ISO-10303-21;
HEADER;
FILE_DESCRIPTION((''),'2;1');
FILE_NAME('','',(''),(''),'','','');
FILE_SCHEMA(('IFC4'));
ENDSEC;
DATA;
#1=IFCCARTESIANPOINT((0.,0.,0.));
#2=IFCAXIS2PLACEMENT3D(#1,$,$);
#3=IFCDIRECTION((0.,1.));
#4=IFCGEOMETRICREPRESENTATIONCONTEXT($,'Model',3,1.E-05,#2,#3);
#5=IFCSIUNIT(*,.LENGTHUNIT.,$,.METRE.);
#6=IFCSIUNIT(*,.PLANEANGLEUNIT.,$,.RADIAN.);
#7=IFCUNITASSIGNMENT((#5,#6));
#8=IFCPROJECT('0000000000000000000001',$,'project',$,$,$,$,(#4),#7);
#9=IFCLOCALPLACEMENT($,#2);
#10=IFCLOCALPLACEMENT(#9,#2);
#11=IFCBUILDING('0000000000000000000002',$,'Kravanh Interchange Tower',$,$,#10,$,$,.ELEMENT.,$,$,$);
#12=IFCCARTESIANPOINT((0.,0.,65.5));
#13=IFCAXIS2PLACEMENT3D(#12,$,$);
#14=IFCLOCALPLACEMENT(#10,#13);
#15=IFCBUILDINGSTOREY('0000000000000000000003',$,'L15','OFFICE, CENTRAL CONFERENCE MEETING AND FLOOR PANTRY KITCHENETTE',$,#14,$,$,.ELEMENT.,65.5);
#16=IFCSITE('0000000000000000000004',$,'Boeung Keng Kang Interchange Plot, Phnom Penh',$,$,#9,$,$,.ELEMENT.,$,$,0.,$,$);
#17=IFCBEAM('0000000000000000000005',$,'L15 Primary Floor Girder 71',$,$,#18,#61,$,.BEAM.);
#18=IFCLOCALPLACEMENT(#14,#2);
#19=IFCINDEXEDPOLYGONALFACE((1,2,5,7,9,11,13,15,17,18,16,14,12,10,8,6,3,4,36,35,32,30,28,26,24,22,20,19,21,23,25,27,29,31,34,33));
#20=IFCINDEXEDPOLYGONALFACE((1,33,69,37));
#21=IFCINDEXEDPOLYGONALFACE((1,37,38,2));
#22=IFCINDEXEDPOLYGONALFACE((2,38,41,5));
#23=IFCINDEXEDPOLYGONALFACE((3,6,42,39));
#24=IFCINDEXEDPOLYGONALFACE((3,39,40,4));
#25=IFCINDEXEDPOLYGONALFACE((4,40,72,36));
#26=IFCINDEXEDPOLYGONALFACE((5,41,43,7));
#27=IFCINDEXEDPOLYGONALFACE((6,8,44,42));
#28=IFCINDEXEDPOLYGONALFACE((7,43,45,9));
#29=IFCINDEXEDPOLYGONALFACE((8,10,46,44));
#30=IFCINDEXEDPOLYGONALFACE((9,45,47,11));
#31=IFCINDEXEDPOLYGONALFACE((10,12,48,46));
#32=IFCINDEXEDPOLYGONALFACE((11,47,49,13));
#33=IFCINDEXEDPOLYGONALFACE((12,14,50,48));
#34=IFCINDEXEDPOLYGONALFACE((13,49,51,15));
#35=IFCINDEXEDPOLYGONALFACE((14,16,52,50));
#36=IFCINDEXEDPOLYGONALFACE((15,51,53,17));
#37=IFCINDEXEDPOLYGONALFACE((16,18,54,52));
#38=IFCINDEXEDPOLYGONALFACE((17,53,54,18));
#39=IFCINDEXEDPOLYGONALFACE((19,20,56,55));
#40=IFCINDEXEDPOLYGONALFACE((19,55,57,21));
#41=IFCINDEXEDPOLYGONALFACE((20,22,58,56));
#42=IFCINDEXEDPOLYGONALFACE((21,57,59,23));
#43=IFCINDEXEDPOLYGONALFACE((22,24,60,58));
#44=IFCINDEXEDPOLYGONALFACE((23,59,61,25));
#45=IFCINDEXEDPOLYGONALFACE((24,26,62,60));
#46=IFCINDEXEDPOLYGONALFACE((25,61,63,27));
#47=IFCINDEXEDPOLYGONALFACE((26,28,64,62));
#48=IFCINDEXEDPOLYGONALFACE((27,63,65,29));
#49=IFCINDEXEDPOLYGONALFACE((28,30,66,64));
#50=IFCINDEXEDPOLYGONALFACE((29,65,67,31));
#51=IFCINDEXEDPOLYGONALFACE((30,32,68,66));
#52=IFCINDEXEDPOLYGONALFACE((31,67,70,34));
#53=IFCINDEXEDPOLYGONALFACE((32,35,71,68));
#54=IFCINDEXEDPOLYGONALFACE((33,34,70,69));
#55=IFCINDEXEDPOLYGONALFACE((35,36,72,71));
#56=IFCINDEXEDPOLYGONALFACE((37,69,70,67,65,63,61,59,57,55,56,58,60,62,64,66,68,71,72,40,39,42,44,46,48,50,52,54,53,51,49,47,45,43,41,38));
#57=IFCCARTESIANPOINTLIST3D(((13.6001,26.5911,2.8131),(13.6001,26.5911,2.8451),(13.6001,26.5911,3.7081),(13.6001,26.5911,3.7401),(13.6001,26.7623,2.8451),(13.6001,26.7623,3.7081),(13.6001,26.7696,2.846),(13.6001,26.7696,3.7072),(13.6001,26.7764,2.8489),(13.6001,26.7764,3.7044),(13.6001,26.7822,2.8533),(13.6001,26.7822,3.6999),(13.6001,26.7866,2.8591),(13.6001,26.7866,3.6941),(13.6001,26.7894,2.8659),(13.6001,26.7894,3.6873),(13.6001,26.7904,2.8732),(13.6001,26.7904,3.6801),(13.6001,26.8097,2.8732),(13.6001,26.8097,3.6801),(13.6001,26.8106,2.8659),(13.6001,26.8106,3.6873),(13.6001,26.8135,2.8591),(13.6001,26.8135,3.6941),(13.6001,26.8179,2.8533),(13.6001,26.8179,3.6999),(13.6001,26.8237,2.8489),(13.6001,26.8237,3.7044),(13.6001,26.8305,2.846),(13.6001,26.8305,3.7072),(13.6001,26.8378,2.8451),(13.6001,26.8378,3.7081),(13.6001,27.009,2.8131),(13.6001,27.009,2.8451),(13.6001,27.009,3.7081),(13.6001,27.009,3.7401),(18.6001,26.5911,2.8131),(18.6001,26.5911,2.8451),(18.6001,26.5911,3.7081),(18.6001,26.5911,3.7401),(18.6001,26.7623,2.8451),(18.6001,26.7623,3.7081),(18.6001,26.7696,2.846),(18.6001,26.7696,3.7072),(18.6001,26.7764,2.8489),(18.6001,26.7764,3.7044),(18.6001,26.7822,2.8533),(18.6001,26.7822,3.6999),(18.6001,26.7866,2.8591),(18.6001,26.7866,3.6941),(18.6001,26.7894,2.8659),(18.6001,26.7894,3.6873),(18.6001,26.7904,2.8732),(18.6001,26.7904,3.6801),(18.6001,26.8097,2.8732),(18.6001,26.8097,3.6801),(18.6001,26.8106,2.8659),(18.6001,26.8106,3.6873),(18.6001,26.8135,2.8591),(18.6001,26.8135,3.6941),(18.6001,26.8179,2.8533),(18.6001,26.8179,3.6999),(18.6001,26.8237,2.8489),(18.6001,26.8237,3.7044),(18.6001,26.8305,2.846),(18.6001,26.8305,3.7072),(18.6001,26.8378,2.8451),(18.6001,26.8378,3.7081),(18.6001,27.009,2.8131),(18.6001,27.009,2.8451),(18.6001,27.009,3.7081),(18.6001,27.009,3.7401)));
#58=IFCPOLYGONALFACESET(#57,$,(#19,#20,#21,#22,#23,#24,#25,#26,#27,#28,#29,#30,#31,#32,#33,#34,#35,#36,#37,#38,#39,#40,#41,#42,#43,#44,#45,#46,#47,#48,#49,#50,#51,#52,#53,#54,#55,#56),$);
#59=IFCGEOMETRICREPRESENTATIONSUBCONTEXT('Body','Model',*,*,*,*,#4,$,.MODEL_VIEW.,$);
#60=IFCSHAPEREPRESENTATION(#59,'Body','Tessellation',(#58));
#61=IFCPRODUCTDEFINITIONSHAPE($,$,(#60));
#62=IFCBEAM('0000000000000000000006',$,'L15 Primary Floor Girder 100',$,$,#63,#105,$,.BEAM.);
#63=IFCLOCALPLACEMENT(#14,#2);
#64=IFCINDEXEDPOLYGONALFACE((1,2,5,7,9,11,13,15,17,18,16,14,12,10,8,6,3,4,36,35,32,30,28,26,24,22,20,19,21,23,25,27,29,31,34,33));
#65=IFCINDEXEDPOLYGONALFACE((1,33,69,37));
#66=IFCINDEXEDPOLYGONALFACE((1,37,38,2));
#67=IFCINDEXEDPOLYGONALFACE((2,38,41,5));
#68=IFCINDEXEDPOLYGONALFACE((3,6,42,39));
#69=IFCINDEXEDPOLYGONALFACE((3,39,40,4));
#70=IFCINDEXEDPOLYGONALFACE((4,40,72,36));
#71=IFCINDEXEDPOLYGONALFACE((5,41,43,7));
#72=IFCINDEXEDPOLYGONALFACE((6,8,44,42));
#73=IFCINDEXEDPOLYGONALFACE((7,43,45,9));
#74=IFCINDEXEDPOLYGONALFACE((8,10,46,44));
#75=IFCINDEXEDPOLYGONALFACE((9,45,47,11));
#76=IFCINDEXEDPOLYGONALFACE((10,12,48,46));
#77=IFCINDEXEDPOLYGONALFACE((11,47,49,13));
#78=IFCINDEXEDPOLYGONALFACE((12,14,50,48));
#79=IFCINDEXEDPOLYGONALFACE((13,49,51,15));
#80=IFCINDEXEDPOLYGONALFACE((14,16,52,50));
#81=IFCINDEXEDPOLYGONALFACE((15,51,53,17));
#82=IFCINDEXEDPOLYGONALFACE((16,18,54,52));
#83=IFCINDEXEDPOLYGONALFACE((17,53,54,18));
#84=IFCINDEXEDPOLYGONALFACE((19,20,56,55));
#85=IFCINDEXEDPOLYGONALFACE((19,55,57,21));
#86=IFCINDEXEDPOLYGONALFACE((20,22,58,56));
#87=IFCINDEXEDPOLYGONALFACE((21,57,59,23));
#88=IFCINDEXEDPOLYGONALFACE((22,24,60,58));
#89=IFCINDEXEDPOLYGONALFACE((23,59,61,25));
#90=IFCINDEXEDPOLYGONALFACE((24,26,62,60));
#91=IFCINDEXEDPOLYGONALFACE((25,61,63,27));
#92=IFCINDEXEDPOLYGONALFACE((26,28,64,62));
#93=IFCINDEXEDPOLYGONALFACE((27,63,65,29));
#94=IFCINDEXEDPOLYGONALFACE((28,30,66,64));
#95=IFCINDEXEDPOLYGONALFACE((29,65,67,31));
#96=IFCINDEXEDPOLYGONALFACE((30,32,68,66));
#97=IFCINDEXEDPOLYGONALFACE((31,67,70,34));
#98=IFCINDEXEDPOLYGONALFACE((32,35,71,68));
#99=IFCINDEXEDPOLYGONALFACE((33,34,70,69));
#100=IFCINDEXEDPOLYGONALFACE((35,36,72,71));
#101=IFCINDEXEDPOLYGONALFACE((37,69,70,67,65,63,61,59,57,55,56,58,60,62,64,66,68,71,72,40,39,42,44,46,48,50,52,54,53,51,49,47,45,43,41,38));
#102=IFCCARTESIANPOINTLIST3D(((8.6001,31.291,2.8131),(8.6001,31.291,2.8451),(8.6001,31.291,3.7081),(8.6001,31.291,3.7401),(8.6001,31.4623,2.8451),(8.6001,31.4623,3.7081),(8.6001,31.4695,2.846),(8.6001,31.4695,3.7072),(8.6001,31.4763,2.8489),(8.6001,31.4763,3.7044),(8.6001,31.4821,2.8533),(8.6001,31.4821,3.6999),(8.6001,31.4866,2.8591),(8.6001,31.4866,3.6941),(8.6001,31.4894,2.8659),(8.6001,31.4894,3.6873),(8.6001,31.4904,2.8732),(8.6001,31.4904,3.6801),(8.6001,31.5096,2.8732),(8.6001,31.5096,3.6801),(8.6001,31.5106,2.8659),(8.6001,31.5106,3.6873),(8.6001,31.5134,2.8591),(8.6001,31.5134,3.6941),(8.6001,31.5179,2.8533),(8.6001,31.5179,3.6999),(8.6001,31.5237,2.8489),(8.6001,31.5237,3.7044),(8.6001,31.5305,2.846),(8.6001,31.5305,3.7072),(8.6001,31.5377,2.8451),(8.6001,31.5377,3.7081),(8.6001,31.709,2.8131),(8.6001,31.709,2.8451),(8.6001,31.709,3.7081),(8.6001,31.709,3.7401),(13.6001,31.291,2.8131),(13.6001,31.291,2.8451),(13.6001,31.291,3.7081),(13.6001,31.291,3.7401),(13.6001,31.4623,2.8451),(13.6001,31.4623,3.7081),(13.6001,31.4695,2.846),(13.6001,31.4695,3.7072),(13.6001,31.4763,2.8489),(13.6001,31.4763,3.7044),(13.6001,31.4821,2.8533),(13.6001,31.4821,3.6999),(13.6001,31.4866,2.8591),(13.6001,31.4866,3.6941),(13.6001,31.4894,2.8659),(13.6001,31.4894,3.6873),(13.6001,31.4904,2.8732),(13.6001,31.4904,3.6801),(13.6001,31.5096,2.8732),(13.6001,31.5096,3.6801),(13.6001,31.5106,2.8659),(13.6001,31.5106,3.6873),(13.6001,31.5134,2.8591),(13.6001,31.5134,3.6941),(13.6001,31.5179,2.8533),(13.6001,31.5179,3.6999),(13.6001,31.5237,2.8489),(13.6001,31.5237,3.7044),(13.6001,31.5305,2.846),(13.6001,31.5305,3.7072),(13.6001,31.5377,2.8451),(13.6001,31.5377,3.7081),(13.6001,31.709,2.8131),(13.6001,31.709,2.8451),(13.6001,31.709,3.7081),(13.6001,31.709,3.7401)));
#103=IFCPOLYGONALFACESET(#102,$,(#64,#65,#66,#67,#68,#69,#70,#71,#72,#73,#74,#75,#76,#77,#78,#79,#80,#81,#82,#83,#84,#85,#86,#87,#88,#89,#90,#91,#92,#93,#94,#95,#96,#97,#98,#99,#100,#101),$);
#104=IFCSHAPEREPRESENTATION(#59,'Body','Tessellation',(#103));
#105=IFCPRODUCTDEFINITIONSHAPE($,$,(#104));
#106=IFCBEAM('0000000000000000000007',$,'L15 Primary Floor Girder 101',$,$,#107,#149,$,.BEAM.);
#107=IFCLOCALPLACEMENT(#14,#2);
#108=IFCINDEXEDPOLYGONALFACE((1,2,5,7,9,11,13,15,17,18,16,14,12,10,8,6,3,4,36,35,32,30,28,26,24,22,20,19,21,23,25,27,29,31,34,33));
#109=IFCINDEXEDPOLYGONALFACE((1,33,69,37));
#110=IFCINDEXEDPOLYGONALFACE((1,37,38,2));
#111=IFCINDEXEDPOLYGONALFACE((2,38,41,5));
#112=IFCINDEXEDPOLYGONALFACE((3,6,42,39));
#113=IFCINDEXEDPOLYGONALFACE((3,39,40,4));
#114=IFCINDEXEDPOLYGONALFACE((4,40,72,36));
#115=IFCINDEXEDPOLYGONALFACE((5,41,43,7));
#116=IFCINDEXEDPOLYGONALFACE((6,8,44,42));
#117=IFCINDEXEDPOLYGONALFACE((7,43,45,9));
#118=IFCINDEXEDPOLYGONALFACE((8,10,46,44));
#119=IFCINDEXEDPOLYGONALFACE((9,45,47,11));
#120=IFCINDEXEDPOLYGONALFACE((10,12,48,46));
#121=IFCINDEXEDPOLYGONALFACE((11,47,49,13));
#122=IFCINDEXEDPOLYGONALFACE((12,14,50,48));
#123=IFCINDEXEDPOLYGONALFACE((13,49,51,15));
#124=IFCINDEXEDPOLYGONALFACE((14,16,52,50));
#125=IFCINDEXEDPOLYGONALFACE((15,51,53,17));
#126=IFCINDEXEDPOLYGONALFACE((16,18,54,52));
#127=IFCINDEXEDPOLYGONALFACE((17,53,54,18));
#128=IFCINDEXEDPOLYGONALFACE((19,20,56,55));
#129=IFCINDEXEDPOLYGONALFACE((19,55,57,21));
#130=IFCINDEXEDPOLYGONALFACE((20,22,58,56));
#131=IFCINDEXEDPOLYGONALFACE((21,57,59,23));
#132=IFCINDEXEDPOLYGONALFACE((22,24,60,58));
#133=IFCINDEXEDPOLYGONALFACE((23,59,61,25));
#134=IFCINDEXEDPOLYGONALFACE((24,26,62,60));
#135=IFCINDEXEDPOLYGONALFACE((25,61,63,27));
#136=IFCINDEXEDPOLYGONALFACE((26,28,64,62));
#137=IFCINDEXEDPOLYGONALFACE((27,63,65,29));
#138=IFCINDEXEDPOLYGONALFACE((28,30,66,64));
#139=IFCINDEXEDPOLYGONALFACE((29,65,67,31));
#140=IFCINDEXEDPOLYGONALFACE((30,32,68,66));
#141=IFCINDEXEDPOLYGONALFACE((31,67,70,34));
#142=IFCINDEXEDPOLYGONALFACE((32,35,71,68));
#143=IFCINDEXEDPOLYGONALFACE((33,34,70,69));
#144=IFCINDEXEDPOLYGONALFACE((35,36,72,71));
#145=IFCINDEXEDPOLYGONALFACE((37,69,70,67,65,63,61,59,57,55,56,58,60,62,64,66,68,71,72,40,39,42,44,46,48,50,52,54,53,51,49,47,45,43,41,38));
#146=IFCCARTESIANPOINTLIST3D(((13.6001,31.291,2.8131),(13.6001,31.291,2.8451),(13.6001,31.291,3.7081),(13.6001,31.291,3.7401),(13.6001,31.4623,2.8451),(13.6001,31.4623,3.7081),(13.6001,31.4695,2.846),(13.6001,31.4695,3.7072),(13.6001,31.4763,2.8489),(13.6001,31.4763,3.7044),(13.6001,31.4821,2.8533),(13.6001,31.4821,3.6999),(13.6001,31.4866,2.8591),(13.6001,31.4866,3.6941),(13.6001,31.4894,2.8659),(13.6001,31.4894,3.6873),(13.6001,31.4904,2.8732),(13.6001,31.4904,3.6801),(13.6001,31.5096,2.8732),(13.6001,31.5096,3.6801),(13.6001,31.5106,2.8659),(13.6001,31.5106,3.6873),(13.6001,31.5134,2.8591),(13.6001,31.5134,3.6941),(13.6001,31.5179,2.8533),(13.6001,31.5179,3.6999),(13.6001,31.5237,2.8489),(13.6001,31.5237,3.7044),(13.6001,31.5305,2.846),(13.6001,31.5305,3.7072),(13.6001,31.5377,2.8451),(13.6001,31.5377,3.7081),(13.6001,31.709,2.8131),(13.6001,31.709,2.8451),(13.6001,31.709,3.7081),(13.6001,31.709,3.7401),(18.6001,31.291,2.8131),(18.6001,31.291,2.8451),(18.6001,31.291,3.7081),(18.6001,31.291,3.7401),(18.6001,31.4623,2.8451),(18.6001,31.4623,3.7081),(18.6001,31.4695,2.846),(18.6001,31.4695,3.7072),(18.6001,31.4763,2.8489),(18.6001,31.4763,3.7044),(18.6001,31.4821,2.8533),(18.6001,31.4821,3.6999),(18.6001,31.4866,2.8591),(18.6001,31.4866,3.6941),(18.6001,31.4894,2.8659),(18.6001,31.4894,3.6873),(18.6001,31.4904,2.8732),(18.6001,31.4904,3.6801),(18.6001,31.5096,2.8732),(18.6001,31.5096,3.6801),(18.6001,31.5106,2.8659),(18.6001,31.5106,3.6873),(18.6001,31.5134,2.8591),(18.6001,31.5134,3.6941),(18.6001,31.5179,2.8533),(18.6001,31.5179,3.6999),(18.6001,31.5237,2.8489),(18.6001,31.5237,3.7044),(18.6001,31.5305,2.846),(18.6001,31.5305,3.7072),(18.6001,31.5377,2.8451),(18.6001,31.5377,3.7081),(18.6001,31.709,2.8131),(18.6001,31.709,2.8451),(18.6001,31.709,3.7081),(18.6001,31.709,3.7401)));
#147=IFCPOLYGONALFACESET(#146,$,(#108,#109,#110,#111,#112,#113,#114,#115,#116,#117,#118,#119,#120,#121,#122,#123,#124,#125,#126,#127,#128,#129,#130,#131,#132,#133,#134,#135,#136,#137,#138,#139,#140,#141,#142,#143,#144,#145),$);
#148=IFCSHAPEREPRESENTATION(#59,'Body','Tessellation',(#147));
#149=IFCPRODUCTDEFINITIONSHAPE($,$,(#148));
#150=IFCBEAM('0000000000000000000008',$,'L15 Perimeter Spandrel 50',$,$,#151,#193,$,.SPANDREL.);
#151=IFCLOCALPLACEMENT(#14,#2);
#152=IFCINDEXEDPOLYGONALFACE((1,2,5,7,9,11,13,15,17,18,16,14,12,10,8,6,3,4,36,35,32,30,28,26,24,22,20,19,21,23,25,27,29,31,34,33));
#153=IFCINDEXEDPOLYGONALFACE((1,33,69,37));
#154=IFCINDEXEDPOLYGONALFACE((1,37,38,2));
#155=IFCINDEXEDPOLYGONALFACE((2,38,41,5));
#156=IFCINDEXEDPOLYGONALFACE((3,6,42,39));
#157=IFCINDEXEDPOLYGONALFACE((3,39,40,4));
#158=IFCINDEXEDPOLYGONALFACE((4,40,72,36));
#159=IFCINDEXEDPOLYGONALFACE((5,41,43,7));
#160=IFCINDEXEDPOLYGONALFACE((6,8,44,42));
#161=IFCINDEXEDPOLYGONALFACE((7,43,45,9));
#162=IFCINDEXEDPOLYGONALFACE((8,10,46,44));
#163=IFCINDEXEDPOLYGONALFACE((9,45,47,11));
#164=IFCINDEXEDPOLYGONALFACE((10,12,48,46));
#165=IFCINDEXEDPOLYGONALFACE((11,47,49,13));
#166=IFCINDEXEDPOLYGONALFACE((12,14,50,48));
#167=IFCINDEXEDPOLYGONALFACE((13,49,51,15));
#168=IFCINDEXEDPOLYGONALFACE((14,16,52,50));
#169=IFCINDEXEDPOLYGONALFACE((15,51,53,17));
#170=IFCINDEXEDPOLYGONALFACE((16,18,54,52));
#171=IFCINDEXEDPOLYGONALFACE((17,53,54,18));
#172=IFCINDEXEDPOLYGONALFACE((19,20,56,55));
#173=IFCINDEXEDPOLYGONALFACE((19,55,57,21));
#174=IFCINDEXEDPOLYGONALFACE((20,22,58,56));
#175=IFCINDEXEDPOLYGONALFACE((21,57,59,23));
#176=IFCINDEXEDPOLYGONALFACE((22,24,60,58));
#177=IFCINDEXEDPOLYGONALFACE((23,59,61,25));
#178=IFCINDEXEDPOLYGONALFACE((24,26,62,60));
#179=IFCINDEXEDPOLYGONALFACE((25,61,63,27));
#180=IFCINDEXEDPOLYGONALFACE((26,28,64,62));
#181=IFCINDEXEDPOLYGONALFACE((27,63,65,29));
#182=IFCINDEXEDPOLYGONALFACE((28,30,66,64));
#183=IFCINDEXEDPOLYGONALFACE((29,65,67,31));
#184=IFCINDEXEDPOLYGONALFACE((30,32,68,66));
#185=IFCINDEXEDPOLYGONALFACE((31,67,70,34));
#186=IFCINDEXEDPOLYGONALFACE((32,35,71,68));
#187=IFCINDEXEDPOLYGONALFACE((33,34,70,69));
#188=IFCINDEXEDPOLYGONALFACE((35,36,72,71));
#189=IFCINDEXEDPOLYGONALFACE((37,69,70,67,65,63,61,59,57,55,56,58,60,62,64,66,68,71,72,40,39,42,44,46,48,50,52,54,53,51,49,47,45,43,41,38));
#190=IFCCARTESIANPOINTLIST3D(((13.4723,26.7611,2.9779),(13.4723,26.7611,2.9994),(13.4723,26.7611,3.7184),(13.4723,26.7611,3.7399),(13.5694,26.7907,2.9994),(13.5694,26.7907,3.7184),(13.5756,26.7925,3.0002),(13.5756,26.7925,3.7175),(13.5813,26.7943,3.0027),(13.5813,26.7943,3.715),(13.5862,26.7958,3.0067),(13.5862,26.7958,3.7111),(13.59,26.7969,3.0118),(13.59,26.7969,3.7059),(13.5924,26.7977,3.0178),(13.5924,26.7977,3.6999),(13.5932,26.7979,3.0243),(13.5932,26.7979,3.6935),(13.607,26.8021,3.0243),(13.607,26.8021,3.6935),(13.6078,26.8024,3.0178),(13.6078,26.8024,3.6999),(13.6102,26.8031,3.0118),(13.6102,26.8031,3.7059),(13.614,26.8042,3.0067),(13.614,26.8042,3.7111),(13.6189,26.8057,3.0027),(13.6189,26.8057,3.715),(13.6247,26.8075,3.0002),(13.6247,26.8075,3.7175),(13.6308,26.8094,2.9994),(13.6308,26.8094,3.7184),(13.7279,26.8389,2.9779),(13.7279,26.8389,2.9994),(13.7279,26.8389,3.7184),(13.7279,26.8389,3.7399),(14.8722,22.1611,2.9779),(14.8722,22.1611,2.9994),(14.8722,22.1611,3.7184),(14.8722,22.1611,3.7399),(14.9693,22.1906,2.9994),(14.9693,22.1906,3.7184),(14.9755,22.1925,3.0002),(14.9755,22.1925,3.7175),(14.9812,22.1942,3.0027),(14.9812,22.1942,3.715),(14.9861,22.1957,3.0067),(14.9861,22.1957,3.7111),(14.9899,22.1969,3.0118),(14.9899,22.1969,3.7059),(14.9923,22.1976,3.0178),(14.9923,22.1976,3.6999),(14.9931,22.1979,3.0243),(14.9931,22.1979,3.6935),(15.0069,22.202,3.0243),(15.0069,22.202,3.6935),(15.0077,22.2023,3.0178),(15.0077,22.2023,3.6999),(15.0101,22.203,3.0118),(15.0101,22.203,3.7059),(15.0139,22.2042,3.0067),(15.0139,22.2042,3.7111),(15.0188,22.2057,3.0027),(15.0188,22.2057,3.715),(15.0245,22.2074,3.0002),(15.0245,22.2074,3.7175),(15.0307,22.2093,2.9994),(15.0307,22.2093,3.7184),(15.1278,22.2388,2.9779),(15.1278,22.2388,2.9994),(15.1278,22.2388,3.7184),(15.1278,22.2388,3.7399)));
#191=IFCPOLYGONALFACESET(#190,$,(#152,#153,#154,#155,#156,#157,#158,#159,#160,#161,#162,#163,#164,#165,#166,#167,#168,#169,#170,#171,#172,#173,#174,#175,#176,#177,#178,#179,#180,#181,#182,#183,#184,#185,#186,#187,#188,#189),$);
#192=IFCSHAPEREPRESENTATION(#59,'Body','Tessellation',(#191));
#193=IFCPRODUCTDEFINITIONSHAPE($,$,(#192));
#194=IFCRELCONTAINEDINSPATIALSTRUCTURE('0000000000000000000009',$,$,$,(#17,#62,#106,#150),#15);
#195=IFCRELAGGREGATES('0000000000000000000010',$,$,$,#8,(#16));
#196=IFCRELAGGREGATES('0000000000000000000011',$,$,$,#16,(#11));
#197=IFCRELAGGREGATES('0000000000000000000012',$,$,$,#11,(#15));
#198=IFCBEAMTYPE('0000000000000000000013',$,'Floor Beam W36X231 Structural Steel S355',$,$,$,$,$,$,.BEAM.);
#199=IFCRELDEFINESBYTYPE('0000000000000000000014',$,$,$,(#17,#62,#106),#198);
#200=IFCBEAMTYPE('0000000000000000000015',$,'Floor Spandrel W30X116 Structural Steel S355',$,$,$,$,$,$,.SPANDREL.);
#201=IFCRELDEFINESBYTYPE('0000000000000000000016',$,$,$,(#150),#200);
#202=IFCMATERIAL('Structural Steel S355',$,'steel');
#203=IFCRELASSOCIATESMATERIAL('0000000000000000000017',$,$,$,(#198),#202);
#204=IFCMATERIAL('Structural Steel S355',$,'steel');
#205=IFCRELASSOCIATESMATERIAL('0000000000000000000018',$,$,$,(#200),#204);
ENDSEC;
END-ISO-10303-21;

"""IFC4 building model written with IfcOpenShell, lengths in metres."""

from ifc_helpers import new_model, si_unit, direction, frame, origin, origin_2d, place, context, subcontext, project, spatial, i_section, extrude, material, material_profile, profile_set, type_object, element, save


model = new_model("IFC4")

# Units and contexts
model_context = context("Model", 3, precision=1e-05, world=origin(), true_north=direction((0.0, 1.0)))
body_context = subcontext(model_context, "Body", "Model", "MODEL_VIEW")
ifc_project = project(units=[si_unit("LENGTHUNIT", "METRE"), si_unit("PLANEANGLEUNIT", "RADIAN")], contexts=[model_context])

# Site, building, storey
site_placement = place(None, origin())
site = spatial("IfcSite", under=ifc_project, at=site_placement, Name="Boeung Keng Kang Interchange Plot, Phnom Penh", CompositionType="ELEMENT", RefElevation=0.0)
building_placement = place(site_placement, origin())
building = spatial("IfcBuilding", under=site, at=building_placement, Name="Kravanh Interchange Tower", CompositionType="ELEMENT")
storey_placement = place(building_placement, frame((0.0, 0.0, 65.5)))
storey = spatial("IfcBuildingStorey", under=building, at=storey_placement, Name="L15", Description="OFFICE, CENTRAL CONFERENCE MEETING AND FLOOR PANTRY KITCHENETTE", CompositionType="ELEMENT", Elevation=65.5)

# Beams
ifc_material_1 = material(Name="Structural Steel S355", Category="steel")
ifc_material_profile_1 = material_profile(ifc_material_1, i_section(OverallWidth=0.418, OverallDepth=0.927, WebThickness=0.0193, FlangeThickness=0.032, FilletRadius=0.0281, at=origin_2d()), Name="W36X231")
ifc_profile_set_1 = profile_set([ifc_material_profile_1], Name="Structural Steel S355")
beam_type_1 = type_object("IfcBeamType", Name="Floor Beam W36X231 Structural Steel S355", PredefinedType="BEAM", material=ifc_profile_set_1)
for number, where, z_axis, x_axis, name in (
    (1, (13.6001, 26.8, 3.2766), (1.0, 0.0, 0.0), (0.0, 1.0, 0.0), "L15 Primary Floor Girder 71"),
    (2, (8.6001, 31.5, 3.2766), (1.0, 0.0, 0.0), (0.0, 1.0, 0.0), "L15 Primary Floor Girder 100"),
    (3, (13.6001, 31.5, 3.2766), (1.0, 0.0, 0.0), (0.0, 1.0, 0.0), "L15 Primary Floor Girder 101"),
):
    element("IfcBeam", number, at=place(storey_placement, frame(where, z_axis=z_axis, x_axis=x_axis)), inside=storey, type_object=beam_type_1, Name=name, PredefinedType="BEAM", context=body_context, shape_type="SweptSolid", body=[
        extrude(i_section(OverallWidth=0.418, OverallDepth=0.927, WebThickness=0.0193, FlangeThickness=0.032, FilletRadius=0.0281, at=origin_2d()), origin(), (0.0, 0.0, 1.0), 5.0),
    ])
ifc_material_2 = material(Name="Structural Steel S355", Category="steel")
ifc_material_profile_2 = material_profile(ifc_material_2, i_section(OverallWidth=0.2671, OverallDepth=0.762, WebThickness=0.0144, FlangeThickness=0.0215, FilletRadius=0.0249, at=origin_2d()), Name="W30X116")
ifc_profile_set_2 = profile_set([ifc_material_profile_2], Name="Structural Steel S355")
beam_type_2 = type_object("IfcBeamType", Name="Floor Spandrel W30X116 Structural Steel S355", PredefinedType="SPANDREL", material=ifc_profile_set_2)
beam_1_placement = place(storey_placement, frame((15.0, 22.2, 3.3589), z_axis=(-0.291137, 0.956681, 0.0), x_axis=(-0.956681, -0.291137, 0.0)))
element("IfcBeam", 4, at=beam_1_placement, inside=storey, type_object=beam_type_2, Name="L15 Perimeter Spandrel 50", PredefinedType="SPANDREL", context=body_context, shape_type="SweptSolid", body=[
    extrude(i_section(OverallWidth=0.2671, OverallDepth=0.762, WebThickness=0.0144, FlangeThickness=0.0215, FilletRadius=0.0249, at=origin_2d()), origin(), (0.0, 0.0, 1.0), 4.8083),
])

save(model, "model.ifc")
